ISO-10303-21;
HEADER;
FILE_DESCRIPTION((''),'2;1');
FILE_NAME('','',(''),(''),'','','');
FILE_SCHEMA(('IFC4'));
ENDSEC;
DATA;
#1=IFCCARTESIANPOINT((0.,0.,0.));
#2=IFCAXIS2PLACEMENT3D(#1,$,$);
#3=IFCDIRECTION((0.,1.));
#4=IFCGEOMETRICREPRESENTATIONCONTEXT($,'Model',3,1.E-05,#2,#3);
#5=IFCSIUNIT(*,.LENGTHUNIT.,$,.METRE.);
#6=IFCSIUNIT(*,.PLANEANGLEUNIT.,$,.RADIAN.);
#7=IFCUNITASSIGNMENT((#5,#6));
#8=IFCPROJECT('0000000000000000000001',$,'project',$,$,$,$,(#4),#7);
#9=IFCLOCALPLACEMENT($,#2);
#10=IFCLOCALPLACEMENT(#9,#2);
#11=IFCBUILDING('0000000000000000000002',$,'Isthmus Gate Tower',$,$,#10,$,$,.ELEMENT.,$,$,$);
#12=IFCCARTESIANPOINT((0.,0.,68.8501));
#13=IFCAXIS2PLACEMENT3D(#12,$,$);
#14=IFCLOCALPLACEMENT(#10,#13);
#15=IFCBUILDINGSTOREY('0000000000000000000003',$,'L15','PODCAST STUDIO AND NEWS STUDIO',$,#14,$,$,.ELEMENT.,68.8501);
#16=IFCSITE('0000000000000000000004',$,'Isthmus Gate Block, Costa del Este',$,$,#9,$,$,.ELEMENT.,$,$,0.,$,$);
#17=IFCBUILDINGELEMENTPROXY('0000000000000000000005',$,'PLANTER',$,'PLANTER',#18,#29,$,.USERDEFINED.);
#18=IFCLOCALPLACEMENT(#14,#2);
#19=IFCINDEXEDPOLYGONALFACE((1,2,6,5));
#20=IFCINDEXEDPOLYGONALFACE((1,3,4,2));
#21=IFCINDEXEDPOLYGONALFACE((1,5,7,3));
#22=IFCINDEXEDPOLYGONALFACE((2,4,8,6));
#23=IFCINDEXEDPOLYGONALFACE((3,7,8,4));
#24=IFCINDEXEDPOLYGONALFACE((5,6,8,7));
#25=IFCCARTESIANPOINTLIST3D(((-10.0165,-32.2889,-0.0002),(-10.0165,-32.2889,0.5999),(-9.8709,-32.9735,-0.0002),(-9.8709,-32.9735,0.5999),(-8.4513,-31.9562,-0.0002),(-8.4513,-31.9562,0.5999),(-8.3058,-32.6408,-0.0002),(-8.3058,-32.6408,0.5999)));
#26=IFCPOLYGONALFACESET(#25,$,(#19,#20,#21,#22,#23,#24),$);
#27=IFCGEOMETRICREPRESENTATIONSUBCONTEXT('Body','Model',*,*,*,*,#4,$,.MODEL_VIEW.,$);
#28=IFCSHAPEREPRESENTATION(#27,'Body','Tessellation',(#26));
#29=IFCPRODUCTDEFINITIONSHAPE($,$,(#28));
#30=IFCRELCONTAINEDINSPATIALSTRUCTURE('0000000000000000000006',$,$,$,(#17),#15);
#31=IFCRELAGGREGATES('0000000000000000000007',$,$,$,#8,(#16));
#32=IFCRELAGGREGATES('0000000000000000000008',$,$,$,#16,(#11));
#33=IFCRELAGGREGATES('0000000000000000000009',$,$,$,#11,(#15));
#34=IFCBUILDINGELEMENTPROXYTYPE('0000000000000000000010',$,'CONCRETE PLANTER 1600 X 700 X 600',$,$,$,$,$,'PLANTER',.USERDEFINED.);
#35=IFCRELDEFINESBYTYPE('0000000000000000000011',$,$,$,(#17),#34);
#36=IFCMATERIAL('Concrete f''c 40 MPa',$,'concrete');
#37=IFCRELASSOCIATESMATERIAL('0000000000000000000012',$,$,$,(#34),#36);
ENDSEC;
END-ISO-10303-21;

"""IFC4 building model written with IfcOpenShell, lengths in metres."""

from ifc_helpers import new_model, si_unit, direction, frame, origin, origin_2d, place, context, subcontext, project, spatial, rectangle, extrude, material, type_object, element, save


model = new_model("IFC4")

# Units and contexts
model_context = context("Model", 3, precision=1e-05, world=origin(), true_north=direction((0.0, 1.0)))
body_context = subcontext(model_context, "Body", "Model", "MODEL_VIEW")
ifc_project = project(units=[si_unit("LENGTHUNIT", "METRE"), si_unit("PLANEANGLEUNIT", "RADIAN")], contexts=[model_context])

# Site, building, storey
site_placement = place(None, origin())
site = spatial("IfcSite", under=ifc_project, at=site_placement, Name="Isthmus Gate Block, Costa del Este", CompositionType="ELEMENT", RefElevation=0.0)
building_placement = place(site_placement, origin())
building = spatial("IfcBuilding", under=site, at=building_placement, Name="Isthmus Gate Tower", CompositionType="ELEMENT")
storey_placement = place(building_placement, frame((0.0, 0.0, 68.8501)))
storey = spatial("IfcBuildingStorey", under=building, at=storey_placement, Name="L15", Description="PODCAST STUDIO AND NEWS STUDIO", CompositionType="ELEMENT", Elevation=68.8501)

# Building element proxy
ifc_material_1 = material(Name="Concrete f'c 40 MPa", Category="concrete")
building_element_proxy_type = type_object("IfcBuildingElementProxyType", Name="CONCRETE PLANTER 1600 X 700 X 600", ElementType="PLANTER", PredefinedType="USERDEFINED", material=ifc_material_1)
for number, where, z_axis, x_axis, name in (
    (1, (-9.1611, -32.4648, -0.0002), (0.0, 0.0, 1.0), (0.978148, 0.207912, 0.0), "PLANTER"),
):
    element("IfcBuildingElementProxy", number, at=place(storey_placement, frame(where, z_axis=z_axis, x_axis=x_axis)), inside=storey, type_object=building_element_proxy_type, Name=name, ObjectType="PLANTER", PredefinedType="USERDEFINED", context=body_context, shape_type="SweptSolid", body=[
        extrude(rectangle(XDim=1.6001, YDim=0.7, at=origin_2d()), origin(), (0.0, 0.0, 1.0), 0.6001),
    ])

save(model, "model.ifc")
